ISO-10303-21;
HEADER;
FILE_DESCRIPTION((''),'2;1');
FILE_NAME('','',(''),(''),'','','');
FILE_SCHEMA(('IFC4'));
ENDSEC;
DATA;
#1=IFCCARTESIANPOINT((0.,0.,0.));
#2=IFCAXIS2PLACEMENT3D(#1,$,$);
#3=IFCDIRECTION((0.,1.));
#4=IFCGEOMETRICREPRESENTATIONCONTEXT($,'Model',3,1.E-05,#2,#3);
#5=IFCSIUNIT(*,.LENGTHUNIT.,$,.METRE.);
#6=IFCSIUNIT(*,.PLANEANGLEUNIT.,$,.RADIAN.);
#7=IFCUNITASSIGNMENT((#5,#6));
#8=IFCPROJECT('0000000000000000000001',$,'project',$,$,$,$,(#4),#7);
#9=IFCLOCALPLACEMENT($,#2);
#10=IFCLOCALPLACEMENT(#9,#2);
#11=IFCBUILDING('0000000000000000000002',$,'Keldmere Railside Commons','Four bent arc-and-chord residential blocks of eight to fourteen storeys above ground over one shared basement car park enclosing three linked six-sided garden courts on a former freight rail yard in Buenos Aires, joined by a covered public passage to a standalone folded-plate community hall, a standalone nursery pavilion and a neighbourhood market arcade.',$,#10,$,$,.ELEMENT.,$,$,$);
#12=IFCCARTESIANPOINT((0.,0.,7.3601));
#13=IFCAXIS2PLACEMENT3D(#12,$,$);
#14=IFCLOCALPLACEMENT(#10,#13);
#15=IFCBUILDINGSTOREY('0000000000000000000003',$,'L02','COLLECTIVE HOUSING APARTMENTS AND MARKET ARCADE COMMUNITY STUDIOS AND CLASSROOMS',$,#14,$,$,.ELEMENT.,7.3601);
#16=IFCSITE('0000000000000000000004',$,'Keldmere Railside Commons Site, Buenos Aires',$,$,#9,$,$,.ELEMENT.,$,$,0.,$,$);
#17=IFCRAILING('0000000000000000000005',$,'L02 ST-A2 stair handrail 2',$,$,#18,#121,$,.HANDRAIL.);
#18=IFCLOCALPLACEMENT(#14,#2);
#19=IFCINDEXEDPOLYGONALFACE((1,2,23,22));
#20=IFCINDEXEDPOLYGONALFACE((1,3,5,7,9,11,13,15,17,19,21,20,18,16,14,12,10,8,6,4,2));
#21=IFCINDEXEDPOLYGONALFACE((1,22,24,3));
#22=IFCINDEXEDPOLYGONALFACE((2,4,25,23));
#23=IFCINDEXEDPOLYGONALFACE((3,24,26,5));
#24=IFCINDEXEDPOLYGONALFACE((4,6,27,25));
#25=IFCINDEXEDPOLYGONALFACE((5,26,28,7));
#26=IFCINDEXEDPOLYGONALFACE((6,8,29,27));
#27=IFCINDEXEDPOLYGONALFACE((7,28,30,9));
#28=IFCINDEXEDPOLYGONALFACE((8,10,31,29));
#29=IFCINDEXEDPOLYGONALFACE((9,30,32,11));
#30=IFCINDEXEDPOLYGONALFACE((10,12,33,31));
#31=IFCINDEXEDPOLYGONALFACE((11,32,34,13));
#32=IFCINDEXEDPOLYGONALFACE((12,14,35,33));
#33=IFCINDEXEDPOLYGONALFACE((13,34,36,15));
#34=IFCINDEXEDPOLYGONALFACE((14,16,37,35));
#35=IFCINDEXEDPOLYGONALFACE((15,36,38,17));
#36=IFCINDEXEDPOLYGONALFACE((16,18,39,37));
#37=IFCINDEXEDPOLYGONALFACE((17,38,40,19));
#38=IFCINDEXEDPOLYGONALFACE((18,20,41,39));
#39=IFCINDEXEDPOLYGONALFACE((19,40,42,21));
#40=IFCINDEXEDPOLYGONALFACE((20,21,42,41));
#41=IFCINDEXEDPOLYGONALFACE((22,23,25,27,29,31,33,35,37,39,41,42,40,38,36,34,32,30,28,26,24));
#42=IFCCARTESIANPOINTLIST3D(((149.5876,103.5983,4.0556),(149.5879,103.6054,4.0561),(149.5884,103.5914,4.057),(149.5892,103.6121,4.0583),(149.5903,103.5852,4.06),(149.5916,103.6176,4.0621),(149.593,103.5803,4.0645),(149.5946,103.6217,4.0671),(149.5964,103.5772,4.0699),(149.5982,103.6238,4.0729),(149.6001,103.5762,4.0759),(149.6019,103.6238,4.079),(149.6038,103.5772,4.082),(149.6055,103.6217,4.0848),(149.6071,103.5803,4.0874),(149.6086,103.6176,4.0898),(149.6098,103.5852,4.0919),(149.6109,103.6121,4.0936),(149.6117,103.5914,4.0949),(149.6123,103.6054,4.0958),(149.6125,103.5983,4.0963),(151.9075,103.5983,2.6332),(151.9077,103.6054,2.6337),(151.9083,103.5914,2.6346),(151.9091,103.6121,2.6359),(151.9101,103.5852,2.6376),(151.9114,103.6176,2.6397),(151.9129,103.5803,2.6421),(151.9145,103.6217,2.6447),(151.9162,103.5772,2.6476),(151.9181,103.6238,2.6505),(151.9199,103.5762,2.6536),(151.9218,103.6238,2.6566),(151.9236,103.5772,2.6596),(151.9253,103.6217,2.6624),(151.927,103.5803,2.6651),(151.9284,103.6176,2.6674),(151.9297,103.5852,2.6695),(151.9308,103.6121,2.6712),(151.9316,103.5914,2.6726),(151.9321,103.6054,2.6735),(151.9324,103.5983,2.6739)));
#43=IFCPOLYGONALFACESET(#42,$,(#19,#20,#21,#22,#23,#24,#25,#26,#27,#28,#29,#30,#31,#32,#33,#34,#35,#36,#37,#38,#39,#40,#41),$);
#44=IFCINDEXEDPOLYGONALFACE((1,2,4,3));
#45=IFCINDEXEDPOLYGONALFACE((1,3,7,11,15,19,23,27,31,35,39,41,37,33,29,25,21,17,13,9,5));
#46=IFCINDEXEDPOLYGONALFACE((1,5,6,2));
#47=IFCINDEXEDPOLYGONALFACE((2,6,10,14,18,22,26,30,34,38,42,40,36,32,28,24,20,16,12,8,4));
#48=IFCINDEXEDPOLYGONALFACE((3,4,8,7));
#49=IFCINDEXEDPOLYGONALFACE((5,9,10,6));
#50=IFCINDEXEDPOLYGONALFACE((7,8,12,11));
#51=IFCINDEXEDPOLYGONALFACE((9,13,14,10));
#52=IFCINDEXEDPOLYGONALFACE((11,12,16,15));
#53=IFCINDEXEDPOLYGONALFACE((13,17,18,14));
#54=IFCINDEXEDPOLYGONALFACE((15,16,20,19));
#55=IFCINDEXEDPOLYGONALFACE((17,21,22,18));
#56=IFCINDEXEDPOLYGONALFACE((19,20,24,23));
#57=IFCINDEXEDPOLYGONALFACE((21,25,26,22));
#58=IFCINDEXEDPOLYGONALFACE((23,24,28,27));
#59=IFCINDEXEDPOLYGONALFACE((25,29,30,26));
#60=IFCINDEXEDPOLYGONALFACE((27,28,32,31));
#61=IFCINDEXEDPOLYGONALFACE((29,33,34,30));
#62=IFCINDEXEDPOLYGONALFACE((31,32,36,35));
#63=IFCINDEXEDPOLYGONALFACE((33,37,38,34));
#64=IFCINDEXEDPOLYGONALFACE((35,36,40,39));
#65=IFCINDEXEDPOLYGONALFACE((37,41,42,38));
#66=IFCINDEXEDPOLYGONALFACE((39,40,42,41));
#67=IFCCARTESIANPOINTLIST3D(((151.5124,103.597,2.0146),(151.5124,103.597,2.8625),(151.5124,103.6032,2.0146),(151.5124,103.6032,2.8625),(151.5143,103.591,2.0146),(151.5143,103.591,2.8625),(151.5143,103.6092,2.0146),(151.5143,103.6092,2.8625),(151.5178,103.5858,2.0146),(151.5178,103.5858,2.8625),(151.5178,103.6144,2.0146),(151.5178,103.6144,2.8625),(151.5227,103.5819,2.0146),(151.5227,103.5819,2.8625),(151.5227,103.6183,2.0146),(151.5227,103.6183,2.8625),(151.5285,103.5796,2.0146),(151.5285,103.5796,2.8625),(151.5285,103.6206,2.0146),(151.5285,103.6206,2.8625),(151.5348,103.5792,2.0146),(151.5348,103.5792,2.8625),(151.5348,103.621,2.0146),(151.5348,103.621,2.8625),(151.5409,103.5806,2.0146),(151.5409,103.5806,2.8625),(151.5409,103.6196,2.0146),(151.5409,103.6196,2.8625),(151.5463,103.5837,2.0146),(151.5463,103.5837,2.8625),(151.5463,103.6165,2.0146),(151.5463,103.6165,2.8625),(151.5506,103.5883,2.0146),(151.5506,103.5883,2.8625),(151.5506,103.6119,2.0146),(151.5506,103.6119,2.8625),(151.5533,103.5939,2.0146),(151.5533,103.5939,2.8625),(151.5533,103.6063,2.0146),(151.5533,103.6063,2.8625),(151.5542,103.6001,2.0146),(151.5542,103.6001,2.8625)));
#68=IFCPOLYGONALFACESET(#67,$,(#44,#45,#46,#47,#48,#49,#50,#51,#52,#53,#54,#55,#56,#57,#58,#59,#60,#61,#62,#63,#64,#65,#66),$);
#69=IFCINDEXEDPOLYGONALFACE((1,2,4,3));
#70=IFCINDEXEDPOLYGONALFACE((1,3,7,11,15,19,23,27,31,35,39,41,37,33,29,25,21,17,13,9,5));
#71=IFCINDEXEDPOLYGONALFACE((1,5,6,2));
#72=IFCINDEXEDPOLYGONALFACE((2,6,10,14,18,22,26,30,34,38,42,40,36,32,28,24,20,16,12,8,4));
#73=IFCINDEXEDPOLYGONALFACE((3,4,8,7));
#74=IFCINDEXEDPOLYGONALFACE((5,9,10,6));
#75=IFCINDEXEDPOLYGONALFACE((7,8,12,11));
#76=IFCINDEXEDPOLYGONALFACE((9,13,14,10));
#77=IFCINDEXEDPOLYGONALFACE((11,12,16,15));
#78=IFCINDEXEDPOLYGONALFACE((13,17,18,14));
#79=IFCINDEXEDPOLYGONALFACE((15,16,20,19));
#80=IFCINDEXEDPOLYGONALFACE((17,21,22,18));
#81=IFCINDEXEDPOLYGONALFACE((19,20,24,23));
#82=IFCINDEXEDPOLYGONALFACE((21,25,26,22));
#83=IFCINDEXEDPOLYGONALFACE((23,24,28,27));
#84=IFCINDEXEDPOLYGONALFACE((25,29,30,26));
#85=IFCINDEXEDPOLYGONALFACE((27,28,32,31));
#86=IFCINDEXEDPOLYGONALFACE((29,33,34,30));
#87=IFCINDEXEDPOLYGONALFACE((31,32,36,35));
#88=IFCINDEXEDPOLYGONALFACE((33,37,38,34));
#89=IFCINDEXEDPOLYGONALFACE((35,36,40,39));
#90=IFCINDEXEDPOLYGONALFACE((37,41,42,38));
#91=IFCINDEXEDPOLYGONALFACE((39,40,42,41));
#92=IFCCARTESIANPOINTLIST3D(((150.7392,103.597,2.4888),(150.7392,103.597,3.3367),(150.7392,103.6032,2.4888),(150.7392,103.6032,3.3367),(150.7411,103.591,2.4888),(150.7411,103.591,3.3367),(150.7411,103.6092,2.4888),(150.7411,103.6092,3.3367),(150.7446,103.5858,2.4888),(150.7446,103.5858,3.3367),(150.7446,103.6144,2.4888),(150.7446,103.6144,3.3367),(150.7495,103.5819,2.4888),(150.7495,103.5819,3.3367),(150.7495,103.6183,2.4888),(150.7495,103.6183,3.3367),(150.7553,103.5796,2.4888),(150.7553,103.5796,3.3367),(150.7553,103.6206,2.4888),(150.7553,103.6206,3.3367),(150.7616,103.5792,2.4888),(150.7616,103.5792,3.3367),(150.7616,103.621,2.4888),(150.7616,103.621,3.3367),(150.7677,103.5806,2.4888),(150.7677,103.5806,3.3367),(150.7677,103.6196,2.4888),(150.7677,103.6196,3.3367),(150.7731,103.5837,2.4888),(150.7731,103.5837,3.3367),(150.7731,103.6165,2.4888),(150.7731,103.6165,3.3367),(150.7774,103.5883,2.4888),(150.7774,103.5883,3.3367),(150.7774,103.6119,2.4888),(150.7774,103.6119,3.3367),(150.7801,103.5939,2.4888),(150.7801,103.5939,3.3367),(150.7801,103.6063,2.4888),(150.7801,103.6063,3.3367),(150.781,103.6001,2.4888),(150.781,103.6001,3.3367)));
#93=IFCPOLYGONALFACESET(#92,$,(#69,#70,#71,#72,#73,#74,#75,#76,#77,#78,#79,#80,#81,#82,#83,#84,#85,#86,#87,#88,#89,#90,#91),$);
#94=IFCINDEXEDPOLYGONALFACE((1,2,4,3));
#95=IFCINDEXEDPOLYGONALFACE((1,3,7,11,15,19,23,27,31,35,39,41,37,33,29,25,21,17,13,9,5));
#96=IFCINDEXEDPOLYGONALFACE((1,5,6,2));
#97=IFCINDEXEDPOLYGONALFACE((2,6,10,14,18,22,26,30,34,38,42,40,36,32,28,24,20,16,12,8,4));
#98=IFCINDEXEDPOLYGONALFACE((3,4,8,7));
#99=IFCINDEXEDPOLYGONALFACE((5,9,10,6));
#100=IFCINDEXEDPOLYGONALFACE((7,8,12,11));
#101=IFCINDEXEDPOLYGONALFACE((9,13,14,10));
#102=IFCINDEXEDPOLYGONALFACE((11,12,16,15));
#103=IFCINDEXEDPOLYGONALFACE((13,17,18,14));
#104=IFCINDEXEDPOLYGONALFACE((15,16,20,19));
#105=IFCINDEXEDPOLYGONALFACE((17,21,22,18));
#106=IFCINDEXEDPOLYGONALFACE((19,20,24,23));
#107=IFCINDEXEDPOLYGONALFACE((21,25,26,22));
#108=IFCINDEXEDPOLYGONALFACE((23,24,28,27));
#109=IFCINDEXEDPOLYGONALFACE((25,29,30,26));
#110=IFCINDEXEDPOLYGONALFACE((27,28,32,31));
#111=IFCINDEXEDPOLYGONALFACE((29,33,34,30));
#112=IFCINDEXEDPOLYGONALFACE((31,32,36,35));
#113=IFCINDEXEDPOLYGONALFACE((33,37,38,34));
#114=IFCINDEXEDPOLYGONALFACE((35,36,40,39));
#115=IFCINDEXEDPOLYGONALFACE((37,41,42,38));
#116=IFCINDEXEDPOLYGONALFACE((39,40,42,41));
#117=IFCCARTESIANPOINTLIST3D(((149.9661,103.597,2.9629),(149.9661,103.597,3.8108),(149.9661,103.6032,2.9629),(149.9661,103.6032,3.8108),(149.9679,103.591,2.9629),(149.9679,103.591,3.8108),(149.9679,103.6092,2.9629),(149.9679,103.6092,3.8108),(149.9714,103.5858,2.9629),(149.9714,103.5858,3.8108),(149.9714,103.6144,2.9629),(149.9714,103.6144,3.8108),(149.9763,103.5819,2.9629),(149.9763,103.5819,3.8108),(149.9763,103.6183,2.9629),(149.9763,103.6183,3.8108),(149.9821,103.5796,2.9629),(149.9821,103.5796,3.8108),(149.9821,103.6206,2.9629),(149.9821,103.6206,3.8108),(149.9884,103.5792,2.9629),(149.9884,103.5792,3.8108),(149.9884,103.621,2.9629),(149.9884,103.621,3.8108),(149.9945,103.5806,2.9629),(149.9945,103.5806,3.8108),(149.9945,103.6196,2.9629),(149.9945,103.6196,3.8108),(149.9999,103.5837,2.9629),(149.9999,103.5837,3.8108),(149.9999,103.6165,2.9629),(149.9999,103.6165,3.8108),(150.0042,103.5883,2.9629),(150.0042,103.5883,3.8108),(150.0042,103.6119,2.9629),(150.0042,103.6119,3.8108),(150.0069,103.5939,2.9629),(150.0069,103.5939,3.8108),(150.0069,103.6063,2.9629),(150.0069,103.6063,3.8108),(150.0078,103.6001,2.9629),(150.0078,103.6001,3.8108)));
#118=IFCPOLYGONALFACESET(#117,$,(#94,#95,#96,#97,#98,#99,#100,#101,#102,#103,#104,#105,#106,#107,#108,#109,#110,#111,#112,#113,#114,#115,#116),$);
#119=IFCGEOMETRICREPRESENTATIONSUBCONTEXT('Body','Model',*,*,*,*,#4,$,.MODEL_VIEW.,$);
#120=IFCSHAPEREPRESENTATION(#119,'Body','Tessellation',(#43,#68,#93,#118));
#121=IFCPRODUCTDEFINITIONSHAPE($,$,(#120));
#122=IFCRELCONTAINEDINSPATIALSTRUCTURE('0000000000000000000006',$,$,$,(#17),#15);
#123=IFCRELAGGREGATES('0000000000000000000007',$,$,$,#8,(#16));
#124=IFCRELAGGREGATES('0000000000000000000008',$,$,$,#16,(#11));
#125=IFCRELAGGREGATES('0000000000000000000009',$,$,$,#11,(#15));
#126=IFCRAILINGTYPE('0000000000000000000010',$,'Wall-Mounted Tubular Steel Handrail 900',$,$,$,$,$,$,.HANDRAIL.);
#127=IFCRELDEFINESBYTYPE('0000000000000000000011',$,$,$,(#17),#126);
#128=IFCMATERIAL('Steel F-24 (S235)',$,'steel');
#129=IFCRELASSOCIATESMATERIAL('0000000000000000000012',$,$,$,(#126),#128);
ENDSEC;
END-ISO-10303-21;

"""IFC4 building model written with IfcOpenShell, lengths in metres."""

from ifc_helpers import new_model, si_unit, direction, frame, origin, origin_2d, place, context, subcontext, project, spatial, circle, extrude, material, type_object, element, save


model = new_model("IFC4")

# Units and contexts
model_context = context("Model", 3, precision=1e-05, world=origin(), true_north=direction((0.0, 1.0)))
body_context = subcontext(model_context, "Body", "Model", "MODEL_VIEW")
ifc_project = project(units=[si_unit("LENGTHUNIT", "METRE"), si_unit("PLANEANGLEUNIT", "RADIAN")], contexts=[model_context])

# Site, building, storey
site_placement = place(None, origin())
site = spatial("IfcSite", under=ifc_project, at=site_placement, Name="Keldmere Railside Commons Site, Buenos Aires", CompositionType="ELEMENT", RefElevation=0.0)
building_placement = place(site_placement, origin())
building = spatial("IfcBuilding", under=site, at=building_placement, Name="Keldmere Railside Commons", Description="Four bent arc-and-chord residential blocks of eight to fourteen storeys above ground over one shared basement car park enclosing three linked six-sided garden courts on a former freight rail yard in Buenos Aires, joined by a covered public passage to a standalone folded-plate community hall, a standalone nursery pavilion and a neighbourhood market arcade.", CompositionType="ELEMENT")
storey_placement = place(building_placement, frame((0.0, 0.0, 7.3601)))
storey = spatial("IfcBuildingStorey", under=building, at=storey_placement, Name="L02", Description="COLLECTIVE HOUSING APARTMENTS AND MARKET ARCADE COMMUNITY STUDIOS AND CLASSROOMS", CompositionType="ELEMENT", Elevation=7.3601)

# Shared definitions
ifc_material_1 = material(Name="Steel F-24 (S235)", Category="steel")

# Railing
railing_type_1 = type_object("IfcRailingType", Name="Wall-Mounted Tubular Steel Handrail 900", PredefinedType="HANDRAIL", material=ifc_material_1)
railing_1_placement = place(storey_placement, frame((151.9199, 103.6001, 1.7776)))
element("IfcRailing", 1, at=railing_1_placement, inside=storey, type_object=railing_type_1, Name="L02 ST-A2 stair handrail 2", PredefinedType="HANDRAIL", context=body_context, shape_type="SweptSolid", body=[
    extrude(circle(Radius=0.0239, at=origin_2d()), frame((0.0, 0.0, 0.876), z_axis=(-0.852514, 0.0, 0.522705), x_axis=(0.0, -1.0, 0.0)), (0.0, 0.0, 1.0), 2.7212),
    extrude(circle(Radius=0.021, at=origin_2d()), frame((-0.3867, 0.0, 0.2371)), (0.0, 0.0, 1.0), 0.8479),
    extrude(circle(Radius=0.021, at=origin_2d()), frame((-1.1599, 0.0, 0.7112)), (0.0, 0.0, 1.0), 0.8479),
    extrude(circle(Radius=0.021, at=origin_2d()), frame((-1.9331, 0.0, 1.1853)), (0.0, 0.0, 1.0), 0.8479),
])

save(model, "model.ifc")
